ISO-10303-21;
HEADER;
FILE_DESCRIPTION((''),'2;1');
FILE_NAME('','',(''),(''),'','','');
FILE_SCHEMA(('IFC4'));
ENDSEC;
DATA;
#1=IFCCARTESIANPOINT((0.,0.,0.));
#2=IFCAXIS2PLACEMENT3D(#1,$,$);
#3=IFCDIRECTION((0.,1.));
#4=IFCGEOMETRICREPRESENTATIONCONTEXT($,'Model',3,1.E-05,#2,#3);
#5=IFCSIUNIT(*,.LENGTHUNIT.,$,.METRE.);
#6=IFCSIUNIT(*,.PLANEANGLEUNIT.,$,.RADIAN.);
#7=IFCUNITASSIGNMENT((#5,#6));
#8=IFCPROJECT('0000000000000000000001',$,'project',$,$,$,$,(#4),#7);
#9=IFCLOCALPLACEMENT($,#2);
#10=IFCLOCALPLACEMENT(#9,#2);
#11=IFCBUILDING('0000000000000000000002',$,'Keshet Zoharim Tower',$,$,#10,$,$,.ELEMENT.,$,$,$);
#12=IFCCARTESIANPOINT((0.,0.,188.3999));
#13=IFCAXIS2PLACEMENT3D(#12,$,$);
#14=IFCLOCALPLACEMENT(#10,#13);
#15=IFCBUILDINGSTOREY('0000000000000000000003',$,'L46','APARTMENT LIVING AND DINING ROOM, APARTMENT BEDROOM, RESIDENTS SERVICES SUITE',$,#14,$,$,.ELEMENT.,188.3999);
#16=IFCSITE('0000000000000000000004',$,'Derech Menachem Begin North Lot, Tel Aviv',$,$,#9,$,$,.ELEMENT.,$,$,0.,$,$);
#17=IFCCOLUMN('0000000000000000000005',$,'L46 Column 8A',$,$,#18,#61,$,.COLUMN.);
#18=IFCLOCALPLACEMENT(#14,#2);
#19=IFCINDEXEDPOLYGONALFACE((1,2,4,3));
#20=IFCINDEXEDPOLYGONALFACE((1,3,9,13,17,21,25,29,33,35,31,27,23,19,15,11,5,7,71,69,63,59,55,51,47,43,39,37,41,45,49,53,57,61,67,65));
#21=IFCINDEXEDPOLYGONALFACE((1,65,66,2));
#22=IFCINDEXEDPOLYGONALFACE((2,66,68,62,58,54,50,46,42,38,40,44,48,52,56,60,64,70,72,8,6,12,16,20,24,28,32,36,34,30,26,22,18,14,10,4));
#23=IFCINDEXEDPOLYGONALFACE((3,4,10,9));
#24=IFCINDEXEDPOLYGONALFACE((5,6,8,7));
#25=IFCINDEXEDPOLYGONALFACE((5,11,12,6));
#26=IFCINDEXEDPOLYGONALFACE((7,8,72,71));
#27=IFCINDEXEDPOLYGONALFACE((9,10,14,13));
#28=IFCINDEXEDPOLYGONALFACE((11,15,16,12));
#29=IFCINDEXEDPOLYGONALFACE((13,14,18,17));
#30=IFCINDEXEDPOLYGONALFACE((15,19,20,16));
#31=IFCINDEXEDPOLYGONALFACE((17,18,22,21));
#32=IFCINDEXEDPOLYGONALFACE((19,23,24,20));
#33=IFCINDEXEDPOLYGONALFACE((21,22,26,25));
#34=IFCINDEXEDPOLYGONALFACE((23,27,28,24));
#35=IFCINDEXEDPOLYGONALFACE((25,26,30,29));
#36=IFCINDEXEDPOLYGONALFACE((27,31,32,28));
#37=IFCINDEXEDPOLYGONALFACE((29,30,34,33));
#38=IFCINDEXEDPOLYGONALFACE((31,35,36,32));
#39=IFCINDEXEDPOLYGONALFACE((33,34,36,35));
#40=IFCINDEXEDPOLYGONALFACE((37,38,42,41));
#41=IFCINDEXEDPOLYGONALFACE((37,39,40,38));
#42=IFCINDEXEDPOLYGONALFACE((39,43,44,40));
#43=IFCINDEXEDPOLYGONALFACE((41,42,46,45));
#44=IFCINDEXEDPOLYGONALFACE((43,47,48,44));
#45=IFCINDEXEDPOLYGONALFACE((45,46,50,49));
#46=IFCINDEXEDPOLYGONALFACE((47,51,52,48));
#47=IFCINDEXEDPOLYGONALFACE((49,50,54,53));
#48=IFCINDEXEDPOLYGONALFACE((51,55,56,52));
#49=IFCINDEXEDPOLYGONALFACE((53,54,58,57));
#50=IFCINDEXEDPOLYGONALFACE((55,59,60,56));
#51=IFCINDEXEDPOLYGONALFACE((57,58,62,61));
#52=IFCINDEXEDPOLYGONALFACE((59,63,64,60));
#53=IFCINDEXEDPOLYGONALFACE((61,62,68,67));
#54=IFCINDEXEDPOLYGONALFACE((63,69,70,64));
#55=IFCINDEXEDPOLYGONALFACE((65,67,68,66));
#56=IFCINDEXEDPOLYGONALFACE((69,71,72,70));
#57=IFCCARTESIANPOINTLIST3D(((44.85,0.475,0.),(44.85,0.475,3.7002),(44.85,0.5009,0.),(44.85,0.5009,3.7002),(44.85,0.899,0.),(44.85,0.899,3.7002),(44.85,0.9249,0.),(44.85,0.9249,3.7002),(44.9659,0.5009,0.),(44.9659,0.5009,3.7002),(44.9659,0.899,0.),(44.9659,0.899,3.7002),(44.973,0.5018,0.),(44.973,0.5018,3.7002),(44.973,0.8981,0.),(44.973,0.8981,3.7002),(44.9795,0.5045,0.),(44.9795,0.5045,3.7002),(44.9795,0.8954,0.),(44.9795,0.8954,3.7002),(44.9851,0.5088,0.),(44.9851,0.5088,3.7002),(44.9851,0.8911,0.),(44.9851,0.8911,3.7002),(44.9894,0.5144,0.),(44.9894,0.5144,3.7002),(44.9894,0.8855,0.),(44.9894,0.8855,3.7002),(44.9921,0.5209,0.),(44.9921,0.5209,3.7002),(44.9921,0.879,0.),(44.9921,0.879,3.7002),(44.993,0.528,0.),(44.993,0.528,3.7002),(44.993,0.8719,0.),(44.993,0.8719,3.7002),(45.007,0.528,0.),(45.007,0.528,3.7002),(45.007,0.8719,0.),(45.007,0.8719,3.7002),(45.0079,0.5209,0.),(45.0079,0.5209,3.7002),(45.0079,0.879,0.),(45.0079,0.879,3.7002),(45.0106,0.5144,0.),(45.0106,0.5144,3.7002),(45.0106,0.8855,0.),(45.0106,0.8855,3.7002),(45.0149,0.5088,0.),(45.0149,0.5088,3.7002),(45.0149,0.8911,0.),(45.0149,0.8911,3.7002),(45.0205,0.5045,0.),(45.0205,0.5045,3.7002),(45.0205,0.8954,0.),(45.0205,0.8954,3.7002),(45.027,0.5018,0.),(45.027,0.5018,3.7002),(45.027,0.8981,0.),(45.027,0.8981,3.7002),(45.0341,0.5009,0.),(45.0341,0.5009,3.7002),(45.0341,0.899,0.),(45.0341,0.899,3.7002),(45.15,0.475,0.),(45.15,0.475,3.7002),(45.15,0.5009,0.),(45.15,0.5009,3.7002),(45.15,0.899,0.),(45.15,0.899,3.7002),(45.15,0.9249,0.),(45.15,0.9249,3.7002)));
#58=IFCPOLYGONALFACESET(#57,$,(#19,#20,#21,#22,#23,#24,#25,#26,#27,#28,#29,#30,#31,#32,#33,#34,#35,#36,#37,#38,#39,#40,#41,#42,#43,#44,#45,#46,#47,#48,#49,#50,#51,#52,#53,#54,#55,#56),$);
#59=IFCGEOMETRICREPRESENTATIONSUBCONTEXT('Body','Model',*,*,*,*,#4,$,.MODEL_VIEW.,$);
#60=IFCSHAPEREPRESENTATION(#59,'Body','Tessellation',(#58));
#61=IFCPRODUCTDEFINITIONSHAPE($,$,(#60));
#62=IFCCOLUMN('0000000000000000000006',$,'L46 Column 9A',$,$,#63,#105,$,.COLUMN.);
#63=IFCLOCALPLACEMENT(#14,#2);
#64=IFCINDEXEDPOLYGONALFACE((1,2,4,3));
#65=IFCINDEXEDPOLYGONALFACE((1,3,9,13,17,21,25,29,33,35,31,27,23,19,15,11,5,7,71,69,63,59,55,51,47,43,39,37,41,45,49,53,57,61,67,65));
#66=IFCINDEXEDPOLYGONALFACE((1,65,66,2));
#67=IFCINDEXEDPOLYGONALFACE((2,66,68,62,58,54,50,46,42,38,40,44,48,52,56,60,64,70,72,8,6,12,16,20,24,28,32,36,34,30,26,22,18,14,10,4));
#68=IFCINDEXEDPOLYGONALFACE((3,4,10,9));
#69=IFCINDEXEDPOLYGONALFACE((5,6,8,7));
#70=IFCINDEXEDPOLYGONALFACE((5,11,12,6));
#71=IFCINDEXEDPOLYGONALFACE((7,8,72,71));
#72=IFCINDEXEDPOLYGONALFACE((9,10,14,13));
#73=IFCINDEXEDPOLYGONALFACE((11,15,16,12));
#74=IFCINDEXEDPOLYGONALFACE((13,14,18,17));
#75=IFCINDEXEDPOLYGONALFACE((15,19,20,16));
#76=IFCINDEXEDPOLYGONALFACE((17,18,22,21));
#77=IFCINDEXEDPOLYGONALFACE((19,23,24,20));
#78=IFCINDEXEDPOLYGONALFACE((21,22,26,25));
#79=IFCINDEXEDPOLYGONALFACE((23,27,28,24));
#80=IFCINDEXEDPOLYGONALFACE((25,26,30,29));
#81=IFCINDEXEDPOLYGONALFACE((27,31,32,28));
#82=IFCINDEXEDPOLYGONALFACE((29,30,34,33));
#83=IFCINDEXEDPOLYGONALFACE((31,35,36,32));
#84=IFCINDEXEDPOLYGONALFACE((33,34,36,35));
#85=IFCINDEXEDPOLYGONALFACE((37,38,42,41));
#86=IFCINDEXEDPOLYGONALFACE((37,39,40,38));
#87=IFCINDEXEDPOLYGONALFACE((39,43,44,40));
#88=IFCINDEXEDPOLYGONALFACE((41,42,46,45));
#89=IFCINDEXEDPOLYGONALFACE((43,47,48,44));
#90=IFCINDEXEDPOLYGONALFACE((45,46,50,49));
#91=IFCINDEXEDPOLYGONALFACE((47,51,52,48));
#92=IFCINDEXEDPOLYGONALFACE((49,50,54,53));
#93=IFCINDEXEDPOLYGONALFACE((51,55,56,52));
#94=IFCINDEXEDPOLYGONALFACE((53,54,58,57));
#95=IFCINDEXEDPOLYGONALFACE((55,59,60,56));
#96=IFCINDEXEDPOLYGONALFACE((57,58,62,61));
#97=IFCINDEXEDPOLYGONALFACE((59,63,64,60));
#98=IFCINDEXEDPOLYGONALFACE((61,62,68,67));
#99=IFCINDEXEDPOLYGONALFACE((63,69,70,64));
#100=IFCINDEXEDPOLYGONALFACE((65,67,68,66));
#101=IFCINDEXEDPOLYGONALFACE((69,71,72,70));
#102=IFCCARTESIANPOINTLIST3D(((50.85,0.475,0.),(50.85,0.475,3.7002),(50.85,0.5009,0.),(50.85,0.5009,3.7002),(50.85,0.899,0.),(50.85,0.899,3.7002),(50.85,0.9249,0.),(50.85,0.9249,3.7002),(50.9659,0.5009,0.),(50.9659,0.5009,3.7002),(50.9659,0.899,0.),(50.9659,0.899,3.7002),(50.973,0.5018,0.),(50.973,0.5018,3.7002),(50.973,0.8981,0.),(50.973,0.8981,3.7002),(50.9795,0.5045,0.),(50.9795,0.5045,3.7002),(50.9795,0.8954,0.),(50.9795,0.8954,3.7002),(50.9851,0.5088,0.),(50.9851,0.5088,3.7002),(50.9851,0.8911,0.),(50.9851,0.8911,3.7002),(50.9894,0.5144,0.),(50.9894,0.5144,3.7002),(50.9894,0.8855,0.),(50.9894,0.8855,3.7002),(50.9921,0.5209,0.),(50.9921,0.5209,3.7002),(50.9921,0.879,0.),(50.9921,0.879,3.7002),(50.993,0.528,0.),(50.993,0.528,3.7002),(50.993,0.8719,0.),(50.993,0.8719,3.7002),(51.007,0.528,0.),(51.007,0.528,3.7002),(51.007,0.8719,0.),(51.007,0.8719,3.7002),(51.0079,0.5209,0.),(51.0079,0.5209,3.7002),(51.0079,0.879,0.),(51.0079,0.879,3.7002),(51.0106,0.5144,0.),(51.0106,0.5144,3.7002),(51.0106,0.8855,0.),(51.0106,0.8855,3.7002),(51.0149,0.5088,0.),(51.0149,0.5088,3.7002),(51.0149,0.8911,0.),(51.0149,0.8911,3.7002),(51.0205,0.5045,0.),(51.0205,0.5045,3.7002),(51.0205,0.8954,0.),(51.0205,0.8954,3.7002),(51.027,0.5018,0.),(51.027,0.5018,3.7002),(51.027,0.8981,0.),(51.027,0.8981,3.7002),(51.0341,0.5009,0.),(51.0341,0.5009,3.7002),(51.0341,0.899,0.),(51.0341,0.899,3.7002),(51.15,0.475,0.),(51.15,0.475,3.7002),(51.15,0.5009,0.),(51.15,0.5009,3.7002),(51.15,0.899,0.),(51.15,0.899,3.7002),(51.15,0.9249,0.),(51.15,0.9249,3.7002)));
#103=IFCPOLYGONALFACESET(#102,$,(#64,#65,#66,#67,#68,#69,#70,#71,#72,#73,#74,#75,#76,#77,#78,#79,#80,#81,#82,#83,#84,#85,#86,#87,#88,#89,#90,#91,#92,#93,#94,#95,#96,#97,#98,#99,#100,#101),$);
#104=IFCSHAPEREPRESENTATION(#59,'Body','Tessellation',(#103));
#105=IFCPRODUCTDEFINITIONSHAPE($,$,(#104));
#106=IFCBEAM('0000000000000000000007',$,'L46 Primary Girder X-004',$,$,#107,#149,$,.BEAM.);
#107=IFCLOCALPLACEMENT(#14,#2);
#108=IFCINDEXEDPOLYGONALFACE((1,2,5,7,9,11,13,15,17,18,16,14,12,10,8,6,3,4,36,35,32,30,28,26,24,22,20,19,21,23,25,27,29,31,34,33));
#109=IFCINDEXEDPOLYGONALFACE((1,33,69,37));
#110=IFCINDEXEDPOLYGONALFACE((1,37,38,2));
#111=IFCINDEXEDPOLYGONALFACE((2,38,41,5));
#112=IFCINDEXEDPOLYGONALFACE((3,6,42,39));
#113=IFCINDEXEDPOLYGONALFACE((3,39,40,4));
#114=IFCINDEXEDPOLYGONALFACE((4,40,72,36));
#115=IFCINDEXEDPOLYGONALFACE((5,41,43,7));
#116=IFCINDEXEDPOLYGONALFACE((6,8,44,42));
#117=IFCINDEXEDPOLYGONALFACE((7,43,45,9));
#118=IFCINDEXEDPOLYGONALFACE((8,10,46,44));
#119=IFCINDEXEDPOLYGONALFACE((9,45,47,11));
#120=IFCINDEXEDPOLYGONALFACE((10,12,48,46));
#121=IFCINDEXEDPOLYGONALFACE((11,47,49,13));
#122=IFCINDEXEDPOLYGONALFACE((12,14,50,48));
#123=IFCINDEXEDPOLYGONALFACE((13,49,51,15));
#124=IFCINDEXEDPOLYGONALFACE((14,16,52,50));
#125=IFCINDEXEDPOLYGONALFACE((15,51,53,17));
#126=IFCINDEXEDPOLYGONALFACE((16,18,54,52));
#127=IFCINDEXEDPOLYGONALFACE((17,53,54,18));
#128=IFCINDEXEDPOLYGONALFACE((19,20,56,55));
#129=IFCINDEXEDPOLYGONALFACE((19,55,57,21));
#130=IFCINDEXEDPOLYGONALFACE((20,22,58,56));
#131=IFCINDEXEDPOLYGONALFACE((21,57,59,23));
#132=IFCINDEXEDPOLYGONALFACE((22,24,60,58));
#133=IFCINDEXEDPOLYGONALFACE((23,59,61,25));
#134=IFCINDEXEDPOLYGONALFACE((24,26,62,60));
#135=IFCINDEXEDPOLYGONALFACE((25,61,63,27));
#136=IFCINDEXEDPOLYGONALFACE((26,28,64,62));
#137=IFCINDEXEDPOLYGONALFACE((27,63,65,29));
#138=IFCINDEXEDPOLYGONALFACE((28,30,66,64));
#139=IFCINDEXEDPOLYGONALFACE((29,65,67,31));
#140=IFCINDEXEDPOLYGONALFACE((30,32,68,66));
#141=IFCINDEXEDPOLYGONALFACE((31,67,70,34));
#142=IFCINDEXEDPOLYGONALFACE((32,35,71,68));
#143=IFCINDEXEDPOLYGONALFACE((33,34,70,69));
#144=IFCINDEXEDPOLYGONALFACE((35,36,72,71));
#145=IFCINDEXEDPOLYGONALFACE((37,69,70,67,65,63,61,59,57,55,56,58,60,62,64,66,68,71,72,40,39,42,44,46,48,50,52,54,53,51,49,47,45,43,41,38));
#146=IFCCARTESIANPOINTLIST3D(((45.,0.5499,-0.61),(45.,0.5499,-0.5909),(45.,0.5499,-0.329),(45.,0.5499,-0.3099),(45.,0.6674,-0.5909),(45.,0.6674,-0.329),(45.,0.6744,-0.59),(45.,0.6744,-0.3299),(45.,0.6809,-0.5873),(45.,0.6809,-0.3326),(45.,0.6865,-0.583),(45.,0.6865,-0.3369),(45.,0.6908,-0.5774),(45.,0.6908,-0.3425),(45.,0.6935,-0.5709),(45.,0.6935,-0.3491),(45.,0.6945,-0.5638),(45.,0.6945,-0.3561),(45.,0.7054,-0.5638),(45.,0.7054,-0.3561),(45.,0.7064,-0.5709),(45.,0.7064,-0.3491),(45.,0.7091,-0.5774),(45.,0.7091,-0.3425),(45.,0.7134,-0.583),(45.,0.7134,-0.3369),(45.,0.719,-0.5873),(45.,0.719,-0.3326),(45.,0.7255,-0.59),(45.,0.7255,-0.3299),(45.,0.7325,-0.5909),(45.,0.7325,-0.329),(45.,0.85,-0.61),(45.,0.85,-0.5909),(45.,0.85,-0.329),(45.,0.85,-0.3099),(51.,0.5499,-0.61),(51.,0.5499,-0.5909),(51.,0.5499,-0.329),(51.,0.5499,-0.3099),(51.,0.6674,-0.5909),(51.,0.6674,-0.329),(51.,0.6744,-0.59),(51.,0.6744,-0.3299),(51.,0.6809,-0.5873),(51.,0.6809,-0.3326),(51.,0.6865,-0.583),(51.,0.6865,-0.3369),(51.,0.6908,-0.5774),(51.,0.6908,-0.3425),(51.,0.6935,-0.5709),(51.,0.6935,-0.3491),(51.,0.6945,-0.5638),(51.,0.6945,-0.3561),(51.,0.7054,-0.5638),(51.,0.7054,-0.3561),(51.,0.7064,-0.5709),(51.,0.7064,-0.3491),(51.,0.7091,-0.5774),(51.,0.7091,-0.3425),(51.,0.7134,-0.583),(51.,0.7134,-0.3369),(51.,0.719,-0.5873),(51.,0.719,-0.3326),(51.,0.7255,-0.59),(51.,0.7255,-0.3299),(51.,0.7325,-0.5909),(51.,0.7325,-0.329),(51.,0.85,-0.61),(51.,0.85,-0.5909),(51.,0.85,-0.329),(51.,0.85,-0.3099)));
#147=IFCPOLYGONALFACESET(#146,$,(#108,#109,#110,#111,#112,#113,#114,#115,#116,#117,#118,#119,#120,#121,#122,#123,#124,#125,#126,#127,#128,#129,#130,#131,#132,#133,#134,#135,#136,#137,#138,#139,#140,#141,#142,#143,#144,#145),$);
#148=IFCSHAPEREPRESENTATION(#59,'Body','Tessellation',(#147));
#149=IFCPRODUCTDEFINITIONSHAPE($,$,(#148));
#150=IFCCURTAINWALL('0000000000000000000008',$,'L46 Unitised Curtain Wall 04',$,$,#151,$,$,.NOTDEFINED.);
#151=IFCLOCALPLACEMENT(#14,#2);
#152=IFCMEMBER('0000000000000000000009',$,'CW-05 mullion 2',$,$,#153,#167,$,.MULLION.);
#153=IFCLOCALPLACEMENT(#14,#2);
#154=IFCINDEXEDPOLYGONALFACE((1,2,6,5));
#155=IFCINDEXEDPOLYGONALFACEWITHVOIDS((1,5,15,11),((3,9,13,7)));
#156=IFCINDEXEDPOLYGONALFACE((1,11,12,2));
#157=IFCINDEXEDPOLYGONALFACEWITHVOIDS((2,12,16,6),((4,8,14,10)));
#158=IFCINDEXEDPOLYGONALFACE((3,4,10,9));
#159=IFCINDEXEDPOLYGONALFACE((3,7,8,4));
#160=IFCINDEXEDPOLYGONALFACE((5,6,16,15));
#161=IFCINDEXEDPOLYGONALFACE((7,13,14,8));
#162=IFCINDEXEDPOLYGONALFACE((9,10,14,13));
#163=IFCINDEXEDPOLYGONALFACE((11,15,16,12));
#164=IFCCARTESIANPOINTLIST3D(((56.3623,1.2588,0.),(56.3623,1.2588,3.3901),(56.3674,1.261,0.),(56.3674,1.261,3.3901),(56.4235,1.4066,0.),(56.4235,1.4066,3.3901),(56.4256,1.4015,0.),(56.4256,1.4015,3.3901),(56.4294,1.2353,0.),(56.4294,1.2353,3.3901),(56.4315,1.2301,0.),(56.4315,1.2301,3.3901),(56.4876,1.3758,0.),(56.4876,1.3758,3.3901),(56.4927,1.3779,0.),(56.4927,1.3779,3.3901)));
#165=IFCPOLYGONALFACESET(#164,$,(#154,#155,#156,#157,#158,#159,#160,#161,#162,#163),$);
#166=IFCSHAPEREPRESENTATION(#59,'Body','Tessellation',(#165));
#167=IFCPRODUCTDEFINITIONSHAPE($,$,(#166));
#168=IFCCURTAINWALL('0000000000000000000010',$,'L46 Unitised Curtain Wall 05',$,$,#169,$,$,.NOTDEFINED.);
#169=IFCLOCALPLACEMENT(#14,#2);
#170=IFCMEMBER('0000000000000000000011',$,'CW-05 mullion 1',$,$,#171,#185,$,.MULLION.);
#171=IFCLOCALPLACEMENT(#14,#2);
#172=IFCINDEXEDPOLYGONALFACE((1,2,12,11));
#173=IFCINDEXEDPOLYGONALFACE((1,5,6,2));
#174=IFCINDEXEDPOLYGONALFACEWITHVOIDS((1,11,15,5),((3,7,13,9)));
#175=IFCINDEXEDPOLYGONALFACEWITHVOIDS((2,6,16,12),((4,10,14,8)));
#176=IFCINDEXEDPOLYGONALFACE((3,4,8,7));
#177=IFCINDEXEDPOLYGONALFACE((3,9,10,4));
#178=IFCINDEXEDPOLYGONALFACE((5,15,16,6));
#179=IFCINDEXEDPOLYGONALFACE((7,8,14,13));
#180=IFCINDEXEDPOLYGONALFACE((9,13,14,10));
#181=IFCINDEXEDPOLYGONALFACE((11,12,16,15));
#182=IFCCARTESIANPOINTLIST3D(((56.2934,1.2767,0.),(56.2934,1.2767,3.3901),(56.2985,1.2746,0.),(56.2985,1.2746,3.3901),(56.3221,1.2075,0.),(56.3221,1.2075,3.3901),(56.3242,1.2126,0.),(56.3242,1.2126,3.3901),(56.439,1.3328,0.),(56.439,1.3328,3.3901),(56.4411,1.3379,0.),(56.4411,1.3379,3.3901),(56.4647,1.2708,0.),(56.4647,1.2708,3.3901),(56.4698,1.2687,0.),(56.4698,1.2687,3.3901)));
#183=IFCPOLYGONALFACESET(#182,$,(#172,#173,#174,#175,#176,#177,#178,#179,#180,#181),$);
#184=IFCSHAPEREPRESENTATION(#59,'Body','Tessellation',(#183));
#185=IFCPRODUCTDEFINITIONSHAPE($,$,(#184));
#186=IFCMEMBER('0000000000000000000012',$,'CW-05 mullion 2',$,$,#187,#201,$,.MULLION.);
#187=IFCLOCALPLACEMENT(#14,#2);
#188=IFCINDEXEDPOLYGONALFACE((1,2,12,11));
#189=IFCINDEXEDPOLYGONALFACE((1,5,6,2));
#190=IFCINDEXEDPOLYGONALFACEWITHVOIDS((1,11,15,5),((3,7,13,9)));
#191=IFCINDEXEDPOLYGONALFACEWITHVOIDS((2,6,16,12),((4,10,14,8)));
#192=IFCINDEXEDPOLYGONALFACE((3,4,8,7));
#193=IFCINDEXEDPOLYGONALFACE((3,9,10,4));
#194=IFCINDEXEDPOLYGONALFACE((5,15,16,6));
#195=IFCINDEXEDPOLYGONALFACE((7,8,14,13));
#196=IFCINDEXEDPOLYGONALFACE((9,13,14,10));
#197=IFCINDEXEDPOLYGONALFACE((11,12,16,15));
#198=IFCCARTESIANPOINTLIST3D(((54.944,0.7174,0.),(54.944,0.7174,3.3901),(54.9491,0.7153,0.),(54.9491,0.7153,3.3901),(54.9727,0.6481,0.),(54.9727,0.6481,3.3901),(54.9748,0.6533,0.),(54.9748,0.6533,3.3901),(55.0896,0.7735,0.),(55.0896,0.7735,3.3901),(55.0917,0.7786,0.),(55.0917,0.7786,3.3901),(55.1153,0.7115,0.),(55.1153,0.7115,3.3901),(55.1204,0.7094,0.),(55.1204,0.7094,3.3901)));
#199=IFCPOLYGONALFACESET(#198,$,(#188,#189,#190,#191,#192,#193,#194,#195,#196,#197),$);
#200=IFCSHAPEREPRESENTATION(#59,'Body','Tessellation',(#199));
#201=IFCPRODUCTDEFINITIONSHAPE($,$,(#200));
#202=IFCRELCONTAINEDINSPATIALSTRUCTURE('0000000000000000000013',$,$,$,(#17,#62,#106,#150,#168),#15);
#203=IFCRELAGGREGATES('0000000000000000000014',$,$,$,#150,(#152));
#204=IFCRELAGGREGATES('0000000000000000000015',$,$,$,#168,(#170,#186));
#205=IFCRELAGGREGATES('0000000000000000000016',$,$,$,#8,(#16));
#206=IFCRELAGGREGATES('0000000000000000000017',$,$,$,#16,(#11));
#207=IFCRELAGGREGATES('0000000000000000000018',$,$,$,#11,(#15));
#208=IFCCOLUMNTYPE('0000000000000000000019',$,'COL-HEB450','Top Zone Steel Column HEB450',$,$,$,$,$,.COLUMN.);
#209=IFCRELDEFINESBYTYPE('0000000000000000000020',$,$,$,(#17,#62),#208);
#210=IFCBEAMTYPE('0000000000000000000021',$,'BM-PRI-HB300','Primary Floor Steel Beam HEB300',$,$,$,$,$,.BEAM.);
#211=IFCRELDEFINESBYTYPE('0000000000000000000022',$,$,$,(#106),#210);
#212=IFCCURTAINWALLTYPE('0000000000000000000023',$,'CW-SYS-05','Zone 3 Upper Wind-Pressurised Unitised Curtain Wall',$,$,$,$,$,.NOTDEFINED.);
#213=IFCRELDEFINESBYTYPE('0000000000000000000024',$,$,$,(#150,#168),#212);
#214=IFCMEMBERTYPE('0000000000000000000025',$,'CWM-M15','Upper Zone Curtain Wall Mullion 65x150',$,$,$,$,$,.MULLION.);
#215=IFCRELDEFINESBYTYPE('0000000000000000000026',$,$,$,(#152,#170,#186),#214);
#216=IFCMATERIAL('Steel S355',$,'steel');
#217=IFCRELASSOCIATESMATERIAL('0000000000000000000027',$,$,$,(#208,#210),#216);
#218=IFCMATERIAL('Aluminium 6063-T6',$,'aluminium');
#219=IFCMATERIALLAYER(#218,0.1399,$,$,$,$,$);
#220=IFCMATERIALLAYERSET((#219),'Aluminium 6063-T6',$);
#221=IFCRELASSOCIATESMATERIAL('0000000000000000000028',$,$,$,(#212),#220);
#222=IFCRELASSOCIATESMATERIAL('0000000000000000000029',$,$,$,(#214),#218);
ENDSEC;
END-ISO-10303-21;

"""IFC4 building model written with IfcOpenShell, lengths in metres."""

from ifc_helpers import new_model, si_unit, direction, frame, origin, origin_2d, place, context, subcontext, project, spatial, hollow_rectangle, i_section, extrude, material, layer, layer_set, material_profile, profile_set, type_object, element, aggregate, save


model = new_model("IFC4")

# Units and contexts
model_context = context("Model", 3, precision=1e-05, world=origin(), true_north=direction((0.0, 1.0)))
body_context = subcontext(model_context, "Body", "Model", "MODEL_VIEW")
ifc_project = project(units=[si_unit("LENGTHUNIT", "METRE"), si_unit("PLANEANGLEUNIT", "RADIAN")], contexts=[model_context])

# Site, building, storey
site_placement = place(None, origin())
site = spatial("IfcSite", under=ifc_project, at=site_placement, Name="Derech Menachem Begin North Lot, Tel Aviv", CompositionType="ELEMENT", RefElevation=0.0)
building_placement = place(site_placement, origin())
building = spatial("IfcBuilding", under=site, at=building_placement, Name="Keshet Zoharim Tower", CompositionType="ELEMENT")
storey_placement = place(building_placement, frame((0.0, 0.0, 188.3999)))
storey = spatial("IfcBuildingStorey", under=building, at=storey_placement, Name="L46", Description="APARTMENT LIVING AND DINING ROOM, APARTMENT BEDROOM, RESIDENTS SERVICES SUITE", CompositionType="ELEMENT", Elevation=188.3999)

# Columns
ifc_material_1 = material(Name="Steel S355", Category="steel")
ifc_material_profile_1 = material_profile(ifc_material_1, i_section(OverallWidth=0.3, OverallDepth=0.45, WebThickness=0.0139, FlangeThickness=0.0259, FilletRadius=0.0271, at=origin_2d()), Name="HEB450")
ifc_profile_set_1 = profile_set([ifc_material_profile_1], Name="Steel S355")
column_type = type_object("IfcColumnType", Name="COL-HEB450", Description="Top Zone Steel Column HEB450", PredefinedType="COLUMN", material=ifc_profile_set_1)
for number, where, z_axis, x_axis, name in (
    (1, (45.0, 0.7, 0.0), (0.0, 0.0, 1.0), (1.0, 0.0, 0.0), "L46 Column 8A"),
    (2, (51.0, 0.7, 0.0), (0.0, 0.0, 1.0), (1.0, 0.0, 0.0), "L46 Column 9A"),
):
    element("IfcColumn", number, at=place(storey_placement, frame(where, z_axis=z_axis, x_axis=x_axis)), inside=storey, type_object=column_type, Name=name, PredefinedType="COLUMN", context=body_context, shape_type="SweptSolid", body=[
        extrude(i_section(OverallWidth=0.3, OverallDepth=0.45, WebThickness=0.0139, FlangeThickness=0.0259, FilletRadius=0.0271, at=origin_2d()), origin(), (0.0, 0.0, 1.0), 3.7002),
    ])

# Beam
ifc_material_profile_2 = material_profile(ifc_material_1, i_section(OverallWidth=0.3, OverallDepth=0.3, WebThickness=0.011, FlangeThickness=0.019, FilletRadius=0.0271, at=origin_2d()), Name="HEB300")
ifc_profile_set_2 = profile_set([ifc_material_profile_2], Name="Steel S355")
beam_type = type_object("IfcBeamType", Name="BM-PRI-HB300", Description="Primary Floor Steel Beam HEB300", PredefinedType="BEAM", material=ifc_profile_set_2)
beam_placement = place(storey_placement, frame((45.0, 0.7, -0.46), z_axis=(1.0, 0.0, 0.0), x_axis=(0.0, 1.0, 0.0)))
element("IfcBeam", 3, at=beam_placement, inside=storey, type_object=beam_type, Name="L46 Primary Girder X-004", PredefinedType="BEAM", context=body_context, shape_type="SweptSolid", body=[
    extrude(i_section(OverallWidth=0.3, OverallDepth=0.3, WebThickness=0.011, FlangeThickness=0.019, FilletRadius=0.0271, at=origin_2d()), origin(), (0.0, 0.0, 1.0), 6.0),
])

# Curtain wall, member
ifc_material_2 = material(Name="Aluminium 6063-T6", Category="aluminium")
ifc_layer_1 = layer(ifc_material_2, 0.1399)
ifc_layer_set_1 = layer_set([ifc_layer_1], Name="Aluminium 6063-T6")
curtain_wall_type = type_object("IfcCurtainWallType", Name="CW-SYS-05", Description="Zone 3 Upper Wind-Pressurised Unitised Curtain Wall", PredefinedType="NOTDEFINED", material=ifc_layer_set_1)
curtain_wall_1_placement = place(storey_placement, origin())
curtain_wall_1 = element("IfcCurtainWall", 4, at=curtain_wall_1_placement, inside=storey, type_object=curtain_wall_type, Name="L46 Unitised Curtain Wall 04", PredefinedType="NOTDEFINED")
ifc_material_profile_3 = material_profile(ifc_material_2, hollow_rectangle(XDim=0.075, YDim=0.1599, WallThickness=0.0039, at=origin_2d()), Name="MUL-75x160")
ifc_profile_set_3 = profile_set([ifc_material_profile_3], Name="Aluminium 6063-T6")
member_type_1 = type_object("IfcMemberType", Name="CWM-M15", Description="Upper Zone Curtain Wall Mullion 65x150", PredefinedType="MULLION", material=ifc_profile_set_3)
member_1_placement = place(storey_placement, frame((56.4275, 1.3184, 0.0), z_axis=(0.0, 0.0, 1.0), x_axis=(0.92381, -0.382852, 0.0)))
member_1 = element("IfcMember", 5, at=member_1_placement, type_object=member_type_1, Name="CW-05 mullion 2", PredefinedType="MULLION", context=body_context, shape_type="SweptSolid", body=[
    extrude(hollow_rectangle(XDim=0.075, YDim=0.1599, WallThickness=0.0039, at=origin_2d()), origin(), (0.0, 0.0, 1.0), 3.3901),
])

# Curtain wall, members
curtain_wall_2_placement = place(storey_placement, origin())
curtain_wall_2 = element("IfcCurtainWall", 6, at=curtain_wall_2_placement, inside=storey, type_object=curtain_wall_type, Name="L46 Unitised Curtain Wall 05", PredefinedType="NOTDEFINED")
member_2_placement = place(storey_placement, frame((56.3816, 1.2727, 0.0), z_axis=(0.0, 0.0, 1.0), x_axis=(0.382852, -0.92381, 0.0)))
member_2 = element("IfcMember", 7, at=member_2_placement, type_object=member_type_1, Name="CW-05 mullion 1", PredefinedType="MULLION", context=body_context, shape_type="SweptSolid", body=[
    extrude(hollow_rectangle(XDim=0.075, YDim=0.1599, WallThickness=0.0039, at=origin_2d()), origin(), (0.0, 0.0, 1.0), 3.3901),
])
member_3_placement = place(storey_placement, frame((55.0322, 0.7134, 0.0), z_axis=(0.0, 0.0, 1.0), x_axis=(0.382852, -0.92381, 0.0)))
member_3 = element("IfcMember", 8, at=member_3_placement, type_object=member_type_1, Name="CW-05 mullion 2", PredefinedType="MULLION", context=body_context, shape_type="SweptSolid", body=[
    extrude(hollow_rectangle(XDim=0.075, YDim=0.1599, WallThickness=0.0039, at=origin_2d()), origin(), (0.0, 0.0, 1.0), 3.3901),
])

aggregate(curtain_wall_1, [member_1])
aggregate(curtain_wall_2, [member_2, member_3])

save(model, "model.ifc")
